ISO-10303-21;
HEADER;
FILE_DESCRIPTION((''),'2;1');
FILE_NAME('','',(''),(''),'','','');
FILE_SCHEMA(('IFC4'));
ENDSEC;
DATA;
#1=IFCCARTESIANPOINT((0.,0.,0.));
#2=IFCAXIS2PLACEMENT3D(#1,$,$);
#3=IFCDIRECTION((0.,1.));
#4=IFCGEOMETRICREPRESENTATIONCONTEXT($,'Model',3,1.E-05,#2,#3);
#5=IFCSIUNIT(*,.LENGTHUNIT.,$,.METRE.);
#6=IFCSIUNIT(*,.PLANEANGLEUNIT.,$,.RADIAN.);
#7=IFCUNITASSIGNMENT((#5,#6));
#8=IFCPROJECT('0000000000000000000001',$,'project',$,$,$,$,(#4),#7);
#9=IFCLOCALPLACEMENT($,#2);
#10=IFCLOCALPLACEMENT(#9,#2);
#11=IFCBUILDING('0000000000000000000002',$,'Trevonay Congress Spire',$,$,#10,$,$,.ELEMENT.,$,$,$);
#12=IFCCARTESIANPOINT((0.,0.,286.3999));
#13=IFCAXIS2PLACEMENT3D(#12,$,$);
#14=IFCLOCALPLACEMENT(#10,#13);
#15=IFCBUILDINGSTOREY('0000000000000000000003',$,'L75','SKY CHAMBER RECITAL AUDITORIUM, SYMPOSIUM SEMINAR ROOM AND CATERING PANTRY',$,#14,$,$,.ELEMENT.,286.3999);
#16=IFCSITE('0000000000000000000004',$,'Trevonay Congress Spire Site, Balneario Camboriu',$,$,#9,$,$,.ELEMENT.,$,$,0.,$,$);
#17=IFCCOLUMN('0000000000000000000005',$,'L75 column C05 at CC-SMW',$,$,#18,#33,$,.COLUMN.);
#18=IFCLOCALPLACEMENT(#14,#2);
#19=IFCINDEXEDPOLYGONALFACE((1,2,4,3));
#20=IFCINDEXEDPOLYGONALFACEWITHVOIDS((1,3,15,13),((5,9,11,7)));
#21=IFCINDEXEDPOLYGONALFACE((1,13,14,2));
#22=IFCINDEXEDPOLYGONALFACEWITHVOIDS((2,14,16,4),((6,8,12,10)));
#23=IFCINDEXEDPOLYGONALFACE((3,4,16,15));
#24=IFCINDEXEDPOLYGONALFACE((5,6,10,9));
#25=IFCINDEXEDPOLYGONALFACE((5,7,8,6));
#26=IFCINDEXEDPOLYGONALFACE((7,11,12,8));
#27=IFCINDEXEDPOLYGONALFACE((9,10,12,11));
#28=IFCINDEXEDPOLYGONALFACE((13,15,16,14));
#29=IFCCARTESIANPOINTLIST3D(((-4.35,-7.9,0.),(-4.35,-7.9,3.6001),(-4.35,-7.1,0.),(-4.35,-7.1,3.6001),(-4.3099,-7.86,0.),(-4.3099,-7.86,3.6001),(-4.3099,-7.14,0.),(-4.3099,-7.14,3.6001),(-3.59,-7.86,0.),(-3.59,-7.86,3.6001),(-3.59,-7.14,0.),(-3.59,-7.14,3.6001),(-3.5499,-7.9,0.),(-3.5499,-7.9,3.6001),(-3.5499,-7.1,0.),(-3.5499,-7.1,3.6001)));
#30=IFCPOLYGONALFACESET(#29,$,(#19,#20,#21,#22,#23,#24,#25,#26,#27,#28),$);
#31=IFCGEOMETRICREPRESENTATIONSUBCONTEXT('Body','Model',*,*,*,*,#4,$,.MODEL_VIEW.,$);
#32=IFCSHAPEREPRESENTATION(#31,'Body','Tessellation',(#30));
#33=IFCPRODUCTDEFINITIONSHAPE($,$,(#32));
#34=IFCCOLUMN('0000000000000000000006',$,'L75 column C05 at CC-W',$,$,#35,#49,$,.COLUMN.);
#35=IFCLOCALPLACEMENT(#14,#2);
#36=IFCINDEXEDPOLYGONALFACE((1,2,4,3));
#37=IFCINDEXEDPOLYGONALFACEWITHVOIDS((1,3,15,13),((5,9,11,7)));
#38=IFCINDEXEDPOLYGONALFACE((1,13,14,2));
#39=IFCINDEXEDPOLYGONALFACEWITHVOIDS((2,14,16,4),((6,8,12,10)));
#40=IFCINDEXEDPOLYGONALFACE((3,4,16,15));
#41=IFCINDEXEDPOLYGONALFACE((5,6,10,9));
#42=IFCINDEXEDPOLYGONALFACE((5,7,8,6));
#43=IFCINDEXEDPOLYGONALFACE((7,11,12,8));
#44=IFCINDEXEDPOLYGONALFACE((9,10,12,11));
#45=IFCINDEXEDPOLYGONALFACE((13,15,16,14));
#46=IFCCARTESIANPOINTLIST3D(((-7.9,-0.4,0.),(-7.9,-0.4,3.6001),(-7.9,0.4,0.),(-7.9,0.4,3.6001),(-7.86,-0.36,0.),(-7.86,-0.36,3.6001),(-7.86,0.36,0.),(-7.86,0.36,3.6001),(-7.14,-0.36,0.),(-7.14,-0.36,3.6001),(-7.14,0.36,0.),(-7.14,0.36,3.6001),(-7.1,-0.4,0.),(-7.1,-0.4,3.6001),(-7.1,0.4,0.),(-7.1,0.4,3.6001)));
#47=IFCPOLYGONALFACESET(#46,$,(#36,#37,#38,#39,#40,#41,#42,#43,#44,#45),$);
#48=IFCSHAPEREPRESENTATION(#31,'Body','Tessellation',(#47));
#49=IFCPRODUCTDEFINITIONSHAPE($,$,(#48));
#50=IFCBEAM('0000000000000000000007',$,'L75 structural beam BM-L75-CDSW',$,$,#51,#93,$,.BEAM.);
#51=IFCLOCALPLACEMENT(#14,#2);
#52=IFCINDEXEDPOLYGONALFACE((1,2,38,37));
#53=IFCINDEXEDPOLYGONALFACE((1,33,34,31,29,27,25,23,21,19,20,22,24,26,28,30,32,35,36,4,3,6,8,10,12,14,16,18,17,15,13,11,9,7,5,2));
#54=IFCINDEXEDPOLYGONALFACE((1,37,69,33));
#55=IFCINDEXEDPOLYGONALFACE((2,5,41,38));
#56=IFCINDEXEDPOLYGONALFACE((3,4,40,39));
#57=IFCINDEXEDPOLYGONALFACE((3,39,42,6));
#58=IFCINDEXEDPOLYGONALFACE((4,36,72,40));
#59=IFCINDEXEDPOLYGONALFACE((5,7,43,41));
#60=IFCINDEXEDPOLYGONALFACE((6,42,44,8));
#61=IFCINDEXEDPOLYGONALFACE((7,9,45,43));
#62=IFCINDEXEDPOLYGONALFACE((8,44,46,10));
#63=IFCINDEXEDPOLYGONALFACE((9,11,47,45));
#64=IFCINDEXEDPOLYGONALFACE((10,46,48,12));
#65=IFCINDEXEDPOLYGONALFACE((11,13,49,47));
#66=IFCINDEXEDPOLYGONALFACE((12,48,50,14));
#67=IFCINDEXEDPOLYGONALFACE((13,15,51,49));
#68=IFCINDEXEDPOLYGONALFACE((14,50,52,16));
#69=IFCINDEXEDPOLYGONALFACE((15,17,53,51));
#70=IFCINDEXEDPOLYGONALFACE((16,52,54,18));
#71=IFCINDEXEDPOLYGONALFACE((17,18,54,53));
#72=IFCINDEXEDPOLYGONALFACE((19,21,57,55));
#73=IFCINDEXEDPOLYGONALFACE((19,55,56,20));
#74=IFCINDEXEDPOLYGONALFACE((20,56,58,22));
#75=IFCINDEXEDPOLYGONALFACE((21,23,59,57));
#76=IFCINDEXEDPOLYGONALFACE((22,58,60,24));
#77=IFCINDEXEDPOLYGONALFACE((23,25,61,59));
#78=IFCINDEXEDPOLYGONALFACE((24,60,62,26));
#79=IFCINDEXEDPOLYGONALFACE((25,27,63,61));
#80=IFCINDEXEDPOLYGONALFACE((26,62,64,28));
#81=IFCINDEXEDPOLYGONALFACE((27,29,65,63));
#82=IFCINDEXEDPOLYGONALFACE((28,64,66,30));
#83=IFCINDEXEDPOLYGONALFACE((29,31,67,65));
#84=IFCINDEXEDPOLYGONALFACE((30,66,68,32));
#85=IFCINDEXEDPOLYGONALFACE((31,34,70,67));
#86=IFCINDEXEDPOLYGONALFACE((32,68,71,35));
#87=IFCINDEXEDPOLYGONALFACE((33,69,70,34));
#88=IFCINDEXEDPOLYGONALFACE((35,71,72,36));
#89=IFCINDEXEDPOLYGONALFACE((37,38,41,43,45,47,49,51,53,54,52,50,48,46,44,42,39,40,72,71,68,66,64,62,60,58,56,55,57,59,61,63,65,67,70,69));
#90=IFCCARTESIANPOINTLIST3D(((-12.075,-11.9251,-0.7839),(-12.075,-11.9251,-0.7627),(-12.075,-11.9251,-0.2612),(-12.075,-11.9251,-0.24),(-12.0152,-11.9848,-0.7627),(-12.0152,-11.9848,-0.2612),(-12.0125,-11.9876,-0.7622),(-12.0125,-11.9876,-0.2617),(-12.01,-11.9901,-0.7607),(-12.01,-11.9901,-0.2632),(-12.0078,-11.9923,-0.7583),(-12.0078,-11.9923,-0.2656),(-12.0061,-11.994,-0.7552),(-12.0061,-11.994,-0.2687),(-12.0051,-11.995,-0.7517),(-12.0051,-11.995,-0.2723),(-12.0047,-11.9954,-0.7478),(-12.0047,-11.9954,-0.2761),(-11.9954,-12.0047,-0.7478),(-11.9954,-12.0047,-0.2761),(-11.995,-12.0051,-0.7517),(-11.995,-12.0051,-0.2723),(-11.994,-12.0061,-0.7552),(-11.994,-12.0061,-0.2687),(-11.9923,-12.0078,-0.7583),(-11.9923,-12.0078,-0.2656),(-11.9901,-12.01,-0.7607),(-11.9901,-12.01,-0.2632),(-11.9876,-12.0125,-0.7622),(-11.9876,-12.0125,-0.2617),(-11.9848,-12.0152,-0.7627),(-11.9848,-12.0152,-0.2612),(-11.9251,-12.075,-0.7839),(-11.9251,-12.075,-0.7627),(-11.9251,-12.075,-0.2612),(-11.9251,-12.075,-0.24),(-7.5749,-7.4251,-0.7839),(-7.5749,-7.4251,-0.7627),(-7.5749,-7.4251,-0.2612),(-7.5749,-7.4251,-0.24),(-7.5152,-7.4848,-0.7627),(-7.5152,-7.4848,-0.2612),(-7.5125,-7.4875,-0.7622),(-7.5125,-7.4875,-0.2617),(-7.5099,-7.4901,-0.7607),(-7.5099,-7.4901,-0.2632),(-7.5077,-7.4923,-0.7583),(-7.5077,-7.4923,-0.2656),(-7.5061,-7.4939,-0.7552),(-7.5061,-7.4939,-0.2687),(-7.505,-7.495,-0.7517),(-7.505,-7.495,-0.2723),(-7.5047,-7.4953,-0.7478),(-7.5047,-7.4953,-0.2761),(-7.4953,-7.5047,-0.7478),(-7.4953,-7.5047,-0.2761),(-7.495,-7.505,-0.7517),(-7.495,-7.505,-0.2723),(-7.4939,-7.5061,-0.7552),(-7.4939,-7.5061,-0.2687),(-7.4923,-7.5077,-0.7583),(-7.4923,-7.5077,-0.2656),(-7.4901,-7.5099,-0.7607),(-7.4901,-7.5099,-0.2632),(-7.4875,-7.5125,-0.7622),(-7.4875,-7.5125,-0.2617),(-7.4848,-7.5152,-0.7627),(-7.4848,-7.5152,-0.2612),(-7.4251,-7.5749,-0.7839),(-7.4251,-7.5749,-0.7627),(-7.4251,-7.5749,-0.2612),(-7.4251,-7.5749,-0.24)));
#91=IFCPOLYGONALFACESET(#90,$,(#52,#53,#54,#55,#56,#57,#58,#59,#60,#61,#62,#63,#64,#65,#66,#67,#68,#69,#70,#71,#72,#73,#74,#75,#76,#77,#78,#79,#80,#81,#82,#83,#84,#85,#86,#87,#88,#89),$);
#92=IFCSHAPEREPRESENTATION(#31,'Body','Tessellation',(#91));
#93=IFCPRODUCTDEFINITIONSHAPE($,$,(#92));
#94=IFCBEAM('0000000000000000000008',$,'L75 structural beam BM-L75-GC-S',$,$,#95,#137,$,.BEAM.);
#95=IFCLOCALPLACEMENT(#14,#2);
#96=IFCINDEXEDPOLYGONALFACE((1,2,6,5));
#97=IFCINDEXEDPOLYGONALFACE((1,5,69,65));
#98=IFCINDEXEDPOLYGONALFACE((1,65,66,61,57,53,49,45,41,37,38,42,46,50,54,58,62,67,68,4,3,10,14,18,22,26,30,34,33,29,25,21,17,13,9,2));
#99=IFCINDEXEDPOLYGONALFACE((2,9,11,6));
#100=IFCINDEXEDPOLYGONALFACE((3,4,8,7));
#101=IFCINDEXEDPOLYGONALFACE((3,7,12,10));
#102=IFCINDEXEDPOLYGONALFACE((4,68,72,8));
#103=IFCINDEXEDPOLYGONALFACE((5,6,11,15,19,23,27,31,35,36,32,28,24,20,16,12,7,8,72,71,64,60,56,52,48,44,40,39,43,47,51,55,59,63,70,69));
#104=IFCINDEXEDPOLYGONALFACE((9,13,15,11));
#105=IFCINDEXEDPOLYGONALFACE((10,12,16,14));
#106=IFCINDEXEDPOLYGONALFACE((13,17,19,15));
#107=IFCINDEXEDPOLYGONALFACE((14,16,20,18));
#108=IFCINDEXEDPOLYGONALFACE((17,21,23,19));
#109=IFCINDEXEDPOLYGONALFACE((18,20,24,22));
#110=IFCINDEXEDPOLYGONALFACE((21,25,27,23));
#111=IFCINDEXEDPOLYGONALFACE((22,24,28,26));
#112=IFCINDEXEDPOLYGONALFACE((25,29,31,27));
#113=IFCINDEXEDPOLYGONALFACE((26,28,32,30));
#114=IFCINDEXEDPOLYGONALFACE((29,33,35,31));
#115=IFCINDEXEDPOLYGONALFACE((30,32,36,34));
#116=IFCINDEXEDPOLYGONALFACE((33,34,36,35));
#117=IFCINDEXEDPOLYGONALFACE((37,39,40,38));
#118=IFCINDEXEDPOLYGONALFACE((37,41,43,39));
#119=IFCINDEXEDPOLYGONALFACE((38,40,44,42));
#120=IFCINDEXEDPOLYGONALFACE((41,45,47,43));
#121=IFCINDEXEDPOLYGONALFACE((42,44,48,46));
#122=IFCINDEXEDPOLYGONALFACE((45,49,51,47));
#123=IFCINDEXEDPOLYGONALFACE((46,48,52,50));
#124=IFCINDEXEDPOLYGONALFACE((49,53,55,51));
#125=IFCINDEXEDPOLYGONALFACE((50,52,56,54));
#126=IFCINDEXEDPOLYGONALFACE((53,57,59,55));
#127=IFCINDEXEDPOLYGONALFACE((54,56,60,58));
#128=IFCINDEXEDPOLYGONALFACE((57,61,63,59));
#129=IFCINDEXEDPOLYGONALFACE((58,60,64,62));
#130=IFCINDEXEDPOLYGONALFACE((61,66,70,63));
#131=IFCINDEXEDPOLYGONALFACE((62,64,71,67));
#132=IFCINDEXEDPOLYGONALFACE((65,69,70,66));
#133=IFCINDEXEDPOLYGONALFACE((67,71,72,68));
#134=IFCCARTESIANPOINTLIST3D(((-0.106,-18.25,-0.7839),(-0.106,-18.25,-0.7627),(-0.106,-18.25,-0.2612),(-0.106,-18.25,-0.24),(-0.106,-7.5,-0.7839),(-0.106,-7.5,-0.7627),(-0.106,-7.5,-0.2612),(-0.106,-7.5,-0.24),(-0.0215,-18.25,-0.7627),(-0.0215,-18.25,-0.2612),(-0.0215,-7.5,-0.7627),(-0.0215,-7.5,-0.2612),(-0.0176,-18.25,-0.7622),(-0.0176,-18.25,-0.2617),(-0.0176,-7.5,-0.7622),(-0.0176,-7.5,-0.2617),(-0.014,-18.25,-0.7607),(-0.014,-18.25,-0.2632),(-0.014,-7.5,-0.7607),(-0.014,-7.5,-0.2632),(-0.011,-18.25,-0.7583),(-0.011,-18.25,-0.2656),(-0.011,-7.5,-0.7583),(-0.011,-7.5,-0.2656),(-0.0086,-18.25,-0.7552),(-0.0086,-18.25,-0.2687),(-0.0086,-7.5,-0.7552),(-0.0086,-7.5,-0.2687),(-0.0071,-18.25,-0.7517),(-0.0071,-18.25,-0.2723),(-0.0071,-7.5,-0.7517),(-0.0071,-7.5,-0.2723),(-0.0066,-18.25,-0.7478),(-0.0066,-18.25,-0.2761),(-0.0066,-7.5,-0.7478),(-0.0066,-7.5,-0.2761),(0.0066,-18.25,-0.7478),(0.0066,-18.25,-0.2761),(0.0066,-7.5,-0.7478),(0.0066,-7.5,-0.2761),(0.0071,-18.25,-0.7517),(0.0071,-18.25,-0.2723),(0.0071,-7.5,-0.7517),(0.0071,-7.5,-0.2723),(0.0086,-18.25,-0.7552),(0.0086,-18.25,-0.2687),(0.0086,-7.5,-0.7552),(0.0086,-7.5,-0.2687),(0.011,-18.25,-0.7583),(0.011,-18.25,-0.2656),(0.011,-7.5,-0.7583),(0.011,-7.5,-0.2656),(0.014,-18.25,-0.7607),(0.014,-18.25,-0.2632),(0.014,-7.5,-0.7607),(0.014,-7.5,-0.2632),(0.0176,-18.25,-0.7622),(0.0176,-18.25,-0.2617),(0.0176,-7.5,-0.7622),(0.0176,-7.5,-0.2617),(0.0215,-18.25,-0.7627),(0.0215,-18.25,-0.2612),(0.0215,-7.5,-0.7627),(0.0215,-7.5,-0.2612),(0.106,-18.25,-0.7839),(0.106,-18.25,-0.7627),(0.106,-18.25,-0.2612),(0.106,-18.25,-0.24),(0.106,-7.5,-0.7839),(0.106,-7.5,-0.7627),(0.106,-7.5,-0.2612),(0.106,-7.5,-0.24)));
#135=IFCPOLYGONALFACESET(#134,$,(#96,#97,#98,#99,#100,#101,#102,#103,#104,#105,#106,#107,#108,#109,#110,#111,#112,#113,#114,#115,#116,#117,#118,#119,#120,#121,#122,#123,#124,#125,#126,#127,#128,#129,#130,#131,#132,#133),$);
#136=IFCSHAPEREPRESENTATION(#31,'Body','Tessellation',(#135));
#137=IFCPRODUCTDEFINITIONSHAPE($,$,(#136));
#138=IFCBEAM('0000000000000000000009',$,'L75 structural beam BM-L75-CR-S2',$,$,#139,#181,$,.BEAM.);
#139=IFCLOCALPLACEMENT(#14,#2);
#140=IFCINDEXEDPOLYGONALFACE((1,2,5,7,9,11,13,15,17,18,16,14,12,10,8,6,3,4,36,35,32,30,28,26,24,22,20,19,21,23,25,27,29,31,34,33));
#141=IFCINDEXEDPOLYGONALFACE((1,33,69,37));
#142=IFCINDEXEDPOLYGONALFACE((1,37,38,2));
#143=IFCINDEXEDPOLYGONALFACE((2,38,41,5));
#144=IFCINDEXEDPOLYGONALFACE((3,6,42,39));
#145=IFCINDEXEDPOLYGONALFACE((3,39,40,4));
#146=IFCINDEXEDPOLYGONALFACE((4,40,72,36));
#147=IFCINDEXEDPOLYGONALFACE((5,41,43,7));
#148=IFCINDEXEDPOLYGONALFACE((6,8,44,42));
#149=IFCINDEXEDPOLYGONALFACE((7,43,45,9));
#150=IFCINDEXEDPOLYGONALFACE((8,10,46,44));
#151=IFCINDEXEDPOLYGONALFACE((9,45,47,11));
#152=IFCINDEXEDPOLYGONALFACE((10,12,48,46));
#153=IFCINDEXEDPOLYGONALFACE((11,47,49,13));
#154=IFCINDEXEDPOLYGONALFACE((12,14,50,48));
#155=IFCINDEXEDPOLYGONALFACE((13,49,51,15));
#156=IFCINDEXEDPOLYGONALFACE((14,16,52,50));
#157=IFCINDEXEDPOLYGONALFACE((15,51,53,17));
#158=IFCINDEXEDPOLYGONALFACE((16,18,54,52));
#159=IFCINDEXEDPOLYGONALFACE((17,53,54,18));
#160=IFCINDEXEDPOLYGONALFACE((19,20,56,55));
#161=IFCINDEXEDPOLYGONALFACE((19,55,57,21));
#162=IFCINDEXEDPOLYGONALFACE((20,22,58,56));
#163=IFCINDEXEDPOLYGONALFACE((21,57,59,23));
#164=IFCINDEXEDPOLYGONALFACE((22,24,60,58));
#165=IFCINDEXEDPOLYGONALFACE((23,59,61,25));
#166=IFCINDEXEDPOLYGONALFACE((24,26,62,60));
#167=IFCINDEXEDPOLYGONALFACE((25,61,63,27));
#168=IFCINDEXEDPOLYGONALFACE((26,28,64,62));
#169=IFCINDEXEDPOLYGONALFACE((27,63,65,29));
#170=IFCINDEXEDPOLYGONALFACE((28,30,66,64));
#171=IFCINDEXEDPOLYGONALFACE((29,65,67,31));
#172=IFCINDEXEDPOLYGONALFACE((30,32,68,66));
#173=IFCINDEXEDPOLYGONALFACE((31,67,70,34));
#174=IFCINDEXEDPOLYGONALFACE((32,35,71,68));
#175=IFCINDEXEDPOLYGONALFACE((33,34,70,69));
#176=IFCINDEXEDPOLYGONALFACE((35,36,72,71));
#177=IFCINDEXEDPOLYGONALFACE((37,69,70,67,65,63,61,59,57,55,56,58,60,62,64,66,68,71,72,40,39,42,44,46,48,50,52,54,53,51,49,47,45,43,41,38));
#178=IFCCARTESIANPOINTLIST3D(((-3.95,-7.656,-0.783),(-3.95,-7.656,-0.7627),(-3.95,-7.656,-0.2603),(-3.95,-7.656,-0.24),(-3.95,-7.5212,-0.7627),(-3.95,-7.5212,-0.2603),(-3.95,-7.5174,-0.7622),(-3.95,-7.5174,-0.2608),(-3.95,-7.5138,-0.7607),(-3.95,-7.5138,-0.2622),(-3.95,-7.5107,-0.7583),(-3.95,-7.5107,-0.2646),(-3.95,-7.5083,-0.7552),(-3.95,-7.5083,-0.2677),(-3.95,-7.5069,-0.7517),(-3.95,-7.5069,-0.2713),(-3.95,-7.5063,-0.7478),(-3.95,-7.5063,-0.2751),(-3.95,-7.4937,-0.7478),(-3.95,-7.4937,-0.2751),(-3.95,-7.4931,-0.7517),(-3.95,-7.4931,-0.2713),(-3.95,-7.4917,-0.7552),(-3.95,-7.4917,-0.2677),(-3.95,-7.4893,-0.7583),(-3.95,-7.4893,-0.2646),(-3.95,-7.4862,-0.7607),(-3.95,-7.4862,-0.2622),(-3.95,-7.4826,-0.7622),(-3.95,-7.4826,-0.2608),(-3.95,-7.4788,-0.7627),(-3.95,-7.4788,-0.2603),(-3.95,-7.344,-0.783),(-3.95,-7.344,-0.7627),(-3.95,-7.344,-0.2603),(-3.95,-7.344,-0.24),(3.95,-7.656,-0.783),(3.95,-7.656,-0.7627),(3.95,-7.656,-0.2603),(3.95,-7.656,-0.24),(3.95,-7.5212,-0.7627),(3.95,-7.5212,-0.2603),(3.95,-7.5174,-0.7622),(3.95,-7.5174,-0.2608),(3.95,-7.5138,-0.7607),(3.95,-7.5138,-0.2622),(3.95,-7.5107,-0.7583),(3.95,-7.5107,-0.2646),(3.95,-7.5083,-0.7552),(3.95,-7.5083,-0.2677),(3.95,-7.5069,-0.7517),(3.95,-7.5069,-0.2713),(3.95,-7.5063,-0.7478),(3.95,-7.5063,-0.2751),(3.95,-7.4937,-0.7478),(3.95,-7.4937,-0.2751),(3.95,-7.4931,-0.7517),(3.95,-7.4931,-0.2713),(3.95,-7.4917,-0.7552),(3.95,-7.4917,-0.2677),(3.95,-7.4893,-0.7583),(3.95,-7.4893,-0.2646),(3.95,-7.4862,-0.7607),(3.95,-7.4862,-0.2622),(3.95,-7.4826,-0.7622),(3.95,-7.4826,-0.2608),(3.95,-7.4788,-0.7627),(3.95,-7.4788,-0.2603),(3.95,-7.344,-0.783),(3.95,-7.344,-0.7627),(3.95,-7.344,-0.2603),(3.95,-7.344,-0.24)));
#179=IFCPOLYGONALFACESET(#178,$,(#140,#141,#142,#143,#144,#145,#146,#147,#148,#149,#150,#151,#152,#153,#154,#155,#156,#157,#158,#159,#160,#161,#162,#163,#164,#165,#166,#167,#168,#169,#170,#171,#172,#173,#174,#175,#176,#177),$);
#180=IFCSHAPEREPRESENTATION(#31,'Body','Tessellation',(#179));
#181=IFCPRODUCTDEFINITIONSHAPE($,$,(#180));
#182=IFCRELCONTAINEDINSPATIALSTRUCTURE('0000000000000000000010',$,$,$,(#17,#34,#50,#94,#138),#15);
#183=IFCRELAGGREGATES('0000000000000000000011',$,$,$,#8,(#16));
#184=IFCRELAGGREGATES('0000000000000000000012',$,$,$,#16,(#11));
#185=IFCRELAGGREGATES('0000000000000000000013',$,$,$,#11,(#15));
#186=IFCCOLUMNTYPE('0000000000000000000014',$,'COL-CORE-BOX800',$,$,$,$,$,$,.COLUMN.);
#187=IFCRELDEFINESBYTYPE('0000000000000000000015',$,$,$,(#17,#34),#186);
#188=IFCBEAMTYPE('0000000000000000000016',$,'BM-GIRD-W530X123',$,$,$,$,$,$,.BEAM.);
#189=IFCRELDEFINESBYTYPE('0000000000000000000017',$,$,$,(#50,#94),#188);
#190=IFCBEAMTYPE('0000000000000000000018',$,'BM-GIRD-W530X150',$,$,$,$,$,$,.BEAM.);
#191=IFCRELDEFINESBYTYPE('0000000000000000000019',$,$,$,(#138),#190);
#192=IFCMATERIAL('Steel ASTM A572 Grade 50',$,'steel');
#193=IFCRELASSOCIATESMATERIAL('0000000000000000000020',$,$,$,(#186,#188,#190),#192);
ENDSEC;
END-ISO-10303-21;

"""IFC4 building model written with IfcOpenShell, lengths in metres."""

from ifc_helpers import new_model, si_unit, direction, frame, origin, origin_2d, place, context, subcontext, project, spatial, hollow_rectangle, i_section, extrude, material, material_profile, profile_set, type_object, element, save


model = new_model("IFC4")

# Units and contexts
model_context = context("Model", 3, precision=1e-05, world=origin(), true_north=direction((0.0, 1.0)))
body_context = subcontext(model_context, "Body", "Model", "MODEL_VIEW")
ifc_project = project(units=[si_unit("LENGTHUNIT", "METRE"), si_unit("PLANEANGLEUNIT", "RADIAN")], contexts=[model_context])

# Site, building, storey
site_placement = place(None, origin())
site = spatial("IfcSite", under=ifc_project, at=site_placement, Name="Trevonay Congress Spire Site, Balneario Camboriu", CompositionType="ELEMENT", RefElevation=0.0)
building_placement = place(site_placement, origin())
building = spatial("IfcBuilding", under=site, at=building_placement, Name="Trevonay Congress Spire", CompositionType="ELEMENT")
storey_placement = place(building_placement, frame((0.0, 0.0, 286.3999)))
storey = spatial("IfcBuildingStorey", under=building, at=storey_placement, Name="L75", Description="SKY CHAMBER RECITAL AUDITORIUM, SYMPOSIUM SEMINAR ROOM AND CATERING PANTRY", CompositionType="ELEMENT", Elevation=286.3999)

# Columns
ifc_material_1 = material(Name="Steel ASTM A572 Grade 50", Category="steel")
ifc_material_profile_1 = material_profile(ifc_material_1, hollow_rectangle(XDim=0.8, YDim=0.8, WallThickness=0.04, at=origin_2d()), Name="BOX 800x800x40")
ifc_profile_set_1 = profile_set([ifc_material_profile_1], Name="Steel ASTM A572 Grade 50")
column_type = type_object("IfcColumnType", Name="COL-CORE-BOX800", PredefinedType="COLUMN", material=ifc_profile_set_1)
for number, where, z_axis, x_axis, name in (
    (1, (-3.95, -7.5, 0.0), (0.0, 0.0, 1.0), (1.0, 0.0, 0.0), "L75 column C05 at CC-SMW"),
    (2, (-7.5, 0.0, 0.0), (0.0, 0.0, 1.0), (1.0, 0.0, 0.0), "L75 column C05 at CC-W"),
):
    element("IfcColumn", number, at=place(storey_placement, frame(where, z_axis=z_axis, x_axis=x_axis)), inside=storey, type_object=column_type, Name=name, PredefinedType="COLUMN", context=body_context, shape_type="SweptSolid", body=[
        extrude(hollow_rectangle(XDim=0.8, YDim=0.8, WallThickness=0.04, at=origin_2d()), origin(), (0.0, 0.0, 1.0), 3.6001),
    ])

# Beams
ifc_material_profile_2 = material_profile(ifc_material_1, i_section(OverallWidth=0.2119, OverallDepth=0.5439, WebThickness=0.0132, FlangeThickness=0.0212, FilletRadius=0.0149, at=origin_2d()), Name="W530x123")
ifc_profile_set_2 = profile_set([ifc_material_profile_2], Name="Steel ASTM A572 Grade 50")
beam_type_1 = type_object("IfcBeamType", Name="BM-GIRD-W530X123", PredefinedType="BEAM", material=ifc_profile_set_2)
beam_1_placement = place(storey_placement, frame((-7.5, -7.5, -0.512), z_axis=(-0.707107, -0.707107, 0.0), x_axis=(0.707107, -0.707107, 0.0)))
element("IfcBeam", 3, at=beam_1_placement, inside=storey, type_object=beam_type_1, Name="L75 structural beam BM-L75-CDSW", PredefinedType="BEAM", context=body_context, shape_type="SweptSolid", body=[
    extrude(i_section(OverallWidth=0.2119, OverallDepth=0.5439, WebThickness=0.0132, FlangeThickness=0.0212, FilletRadius=0.0149, at=origin_2d()), origin(), (0.0, 0.0, 1.0), 6.364),
])
beam_2_placement = place(storey_placement, frame((0.0, -7.5, -0.512), z_axis=(0.0, -1.0, 0.0), x_axis=(1.0, 0.0, 0.0)))
element("IfcBeam", 4, at=beam_2_placement, inside=storey, type_object=beam_type_1, Name="L75 structural beam BM-L75-GC-S", PredefinedType="BEAM", context=body_context, shape_type="SweptSolid", body=[
    extrude(i_section(OverallWidth=0.2119, OverallDepth=0.5439, WebThickness=0.0132, FlangeThickness=0.0212, FilletRadius=0.0149, at=origin_2d()), origin(), (0.0, 0.0, 1.0), 10.75),
])
ifc_material_profile_3 = material_profile(ifc_material_1, i_section(OverallWidth=0.312, OverallDepth=0.543, WebThickness=0.0127, FlangeThickness=0.0203, FilletRadius=0.0149, at=origin_2d()), Name="W530x150")
ifc_profile_set_3 = profile_set([ifc_material_profile_3], Name="Steel ASTM A572 Grade 50")
beam_type_2 = type_object("IfcBeamType", Name="BM-GIRD-W530X150", PredefinedType="BEAM", material=ifc_profile_set_3)
beam_3_placement = place(storey_placement, frame((-3.95, -7.5, -0.5115), z_axis=(1.0, 0.0, 0.0), x_axis=(0.0, 1.0, 0.0)))
element("IfcBeam", 5, at=beam_3_placement, inside=storey, type_object=beam_type_2, Name="L75 structural beam BM-L75-CR-S2", PredefinedType="BEAM", context=body_context, shape_type="SweptSolid", body=[
    extrude(i_section(OverallWidth=0.312, OverallDepth=0.543, WebThickness=0.0127, FlangeThickness=0.0203, FilletRadius=0.0149, at=origin_2d()), origin(), (0.0, 0.0, 1.0), 7.8999),
])

save(model, "model.ifc")
